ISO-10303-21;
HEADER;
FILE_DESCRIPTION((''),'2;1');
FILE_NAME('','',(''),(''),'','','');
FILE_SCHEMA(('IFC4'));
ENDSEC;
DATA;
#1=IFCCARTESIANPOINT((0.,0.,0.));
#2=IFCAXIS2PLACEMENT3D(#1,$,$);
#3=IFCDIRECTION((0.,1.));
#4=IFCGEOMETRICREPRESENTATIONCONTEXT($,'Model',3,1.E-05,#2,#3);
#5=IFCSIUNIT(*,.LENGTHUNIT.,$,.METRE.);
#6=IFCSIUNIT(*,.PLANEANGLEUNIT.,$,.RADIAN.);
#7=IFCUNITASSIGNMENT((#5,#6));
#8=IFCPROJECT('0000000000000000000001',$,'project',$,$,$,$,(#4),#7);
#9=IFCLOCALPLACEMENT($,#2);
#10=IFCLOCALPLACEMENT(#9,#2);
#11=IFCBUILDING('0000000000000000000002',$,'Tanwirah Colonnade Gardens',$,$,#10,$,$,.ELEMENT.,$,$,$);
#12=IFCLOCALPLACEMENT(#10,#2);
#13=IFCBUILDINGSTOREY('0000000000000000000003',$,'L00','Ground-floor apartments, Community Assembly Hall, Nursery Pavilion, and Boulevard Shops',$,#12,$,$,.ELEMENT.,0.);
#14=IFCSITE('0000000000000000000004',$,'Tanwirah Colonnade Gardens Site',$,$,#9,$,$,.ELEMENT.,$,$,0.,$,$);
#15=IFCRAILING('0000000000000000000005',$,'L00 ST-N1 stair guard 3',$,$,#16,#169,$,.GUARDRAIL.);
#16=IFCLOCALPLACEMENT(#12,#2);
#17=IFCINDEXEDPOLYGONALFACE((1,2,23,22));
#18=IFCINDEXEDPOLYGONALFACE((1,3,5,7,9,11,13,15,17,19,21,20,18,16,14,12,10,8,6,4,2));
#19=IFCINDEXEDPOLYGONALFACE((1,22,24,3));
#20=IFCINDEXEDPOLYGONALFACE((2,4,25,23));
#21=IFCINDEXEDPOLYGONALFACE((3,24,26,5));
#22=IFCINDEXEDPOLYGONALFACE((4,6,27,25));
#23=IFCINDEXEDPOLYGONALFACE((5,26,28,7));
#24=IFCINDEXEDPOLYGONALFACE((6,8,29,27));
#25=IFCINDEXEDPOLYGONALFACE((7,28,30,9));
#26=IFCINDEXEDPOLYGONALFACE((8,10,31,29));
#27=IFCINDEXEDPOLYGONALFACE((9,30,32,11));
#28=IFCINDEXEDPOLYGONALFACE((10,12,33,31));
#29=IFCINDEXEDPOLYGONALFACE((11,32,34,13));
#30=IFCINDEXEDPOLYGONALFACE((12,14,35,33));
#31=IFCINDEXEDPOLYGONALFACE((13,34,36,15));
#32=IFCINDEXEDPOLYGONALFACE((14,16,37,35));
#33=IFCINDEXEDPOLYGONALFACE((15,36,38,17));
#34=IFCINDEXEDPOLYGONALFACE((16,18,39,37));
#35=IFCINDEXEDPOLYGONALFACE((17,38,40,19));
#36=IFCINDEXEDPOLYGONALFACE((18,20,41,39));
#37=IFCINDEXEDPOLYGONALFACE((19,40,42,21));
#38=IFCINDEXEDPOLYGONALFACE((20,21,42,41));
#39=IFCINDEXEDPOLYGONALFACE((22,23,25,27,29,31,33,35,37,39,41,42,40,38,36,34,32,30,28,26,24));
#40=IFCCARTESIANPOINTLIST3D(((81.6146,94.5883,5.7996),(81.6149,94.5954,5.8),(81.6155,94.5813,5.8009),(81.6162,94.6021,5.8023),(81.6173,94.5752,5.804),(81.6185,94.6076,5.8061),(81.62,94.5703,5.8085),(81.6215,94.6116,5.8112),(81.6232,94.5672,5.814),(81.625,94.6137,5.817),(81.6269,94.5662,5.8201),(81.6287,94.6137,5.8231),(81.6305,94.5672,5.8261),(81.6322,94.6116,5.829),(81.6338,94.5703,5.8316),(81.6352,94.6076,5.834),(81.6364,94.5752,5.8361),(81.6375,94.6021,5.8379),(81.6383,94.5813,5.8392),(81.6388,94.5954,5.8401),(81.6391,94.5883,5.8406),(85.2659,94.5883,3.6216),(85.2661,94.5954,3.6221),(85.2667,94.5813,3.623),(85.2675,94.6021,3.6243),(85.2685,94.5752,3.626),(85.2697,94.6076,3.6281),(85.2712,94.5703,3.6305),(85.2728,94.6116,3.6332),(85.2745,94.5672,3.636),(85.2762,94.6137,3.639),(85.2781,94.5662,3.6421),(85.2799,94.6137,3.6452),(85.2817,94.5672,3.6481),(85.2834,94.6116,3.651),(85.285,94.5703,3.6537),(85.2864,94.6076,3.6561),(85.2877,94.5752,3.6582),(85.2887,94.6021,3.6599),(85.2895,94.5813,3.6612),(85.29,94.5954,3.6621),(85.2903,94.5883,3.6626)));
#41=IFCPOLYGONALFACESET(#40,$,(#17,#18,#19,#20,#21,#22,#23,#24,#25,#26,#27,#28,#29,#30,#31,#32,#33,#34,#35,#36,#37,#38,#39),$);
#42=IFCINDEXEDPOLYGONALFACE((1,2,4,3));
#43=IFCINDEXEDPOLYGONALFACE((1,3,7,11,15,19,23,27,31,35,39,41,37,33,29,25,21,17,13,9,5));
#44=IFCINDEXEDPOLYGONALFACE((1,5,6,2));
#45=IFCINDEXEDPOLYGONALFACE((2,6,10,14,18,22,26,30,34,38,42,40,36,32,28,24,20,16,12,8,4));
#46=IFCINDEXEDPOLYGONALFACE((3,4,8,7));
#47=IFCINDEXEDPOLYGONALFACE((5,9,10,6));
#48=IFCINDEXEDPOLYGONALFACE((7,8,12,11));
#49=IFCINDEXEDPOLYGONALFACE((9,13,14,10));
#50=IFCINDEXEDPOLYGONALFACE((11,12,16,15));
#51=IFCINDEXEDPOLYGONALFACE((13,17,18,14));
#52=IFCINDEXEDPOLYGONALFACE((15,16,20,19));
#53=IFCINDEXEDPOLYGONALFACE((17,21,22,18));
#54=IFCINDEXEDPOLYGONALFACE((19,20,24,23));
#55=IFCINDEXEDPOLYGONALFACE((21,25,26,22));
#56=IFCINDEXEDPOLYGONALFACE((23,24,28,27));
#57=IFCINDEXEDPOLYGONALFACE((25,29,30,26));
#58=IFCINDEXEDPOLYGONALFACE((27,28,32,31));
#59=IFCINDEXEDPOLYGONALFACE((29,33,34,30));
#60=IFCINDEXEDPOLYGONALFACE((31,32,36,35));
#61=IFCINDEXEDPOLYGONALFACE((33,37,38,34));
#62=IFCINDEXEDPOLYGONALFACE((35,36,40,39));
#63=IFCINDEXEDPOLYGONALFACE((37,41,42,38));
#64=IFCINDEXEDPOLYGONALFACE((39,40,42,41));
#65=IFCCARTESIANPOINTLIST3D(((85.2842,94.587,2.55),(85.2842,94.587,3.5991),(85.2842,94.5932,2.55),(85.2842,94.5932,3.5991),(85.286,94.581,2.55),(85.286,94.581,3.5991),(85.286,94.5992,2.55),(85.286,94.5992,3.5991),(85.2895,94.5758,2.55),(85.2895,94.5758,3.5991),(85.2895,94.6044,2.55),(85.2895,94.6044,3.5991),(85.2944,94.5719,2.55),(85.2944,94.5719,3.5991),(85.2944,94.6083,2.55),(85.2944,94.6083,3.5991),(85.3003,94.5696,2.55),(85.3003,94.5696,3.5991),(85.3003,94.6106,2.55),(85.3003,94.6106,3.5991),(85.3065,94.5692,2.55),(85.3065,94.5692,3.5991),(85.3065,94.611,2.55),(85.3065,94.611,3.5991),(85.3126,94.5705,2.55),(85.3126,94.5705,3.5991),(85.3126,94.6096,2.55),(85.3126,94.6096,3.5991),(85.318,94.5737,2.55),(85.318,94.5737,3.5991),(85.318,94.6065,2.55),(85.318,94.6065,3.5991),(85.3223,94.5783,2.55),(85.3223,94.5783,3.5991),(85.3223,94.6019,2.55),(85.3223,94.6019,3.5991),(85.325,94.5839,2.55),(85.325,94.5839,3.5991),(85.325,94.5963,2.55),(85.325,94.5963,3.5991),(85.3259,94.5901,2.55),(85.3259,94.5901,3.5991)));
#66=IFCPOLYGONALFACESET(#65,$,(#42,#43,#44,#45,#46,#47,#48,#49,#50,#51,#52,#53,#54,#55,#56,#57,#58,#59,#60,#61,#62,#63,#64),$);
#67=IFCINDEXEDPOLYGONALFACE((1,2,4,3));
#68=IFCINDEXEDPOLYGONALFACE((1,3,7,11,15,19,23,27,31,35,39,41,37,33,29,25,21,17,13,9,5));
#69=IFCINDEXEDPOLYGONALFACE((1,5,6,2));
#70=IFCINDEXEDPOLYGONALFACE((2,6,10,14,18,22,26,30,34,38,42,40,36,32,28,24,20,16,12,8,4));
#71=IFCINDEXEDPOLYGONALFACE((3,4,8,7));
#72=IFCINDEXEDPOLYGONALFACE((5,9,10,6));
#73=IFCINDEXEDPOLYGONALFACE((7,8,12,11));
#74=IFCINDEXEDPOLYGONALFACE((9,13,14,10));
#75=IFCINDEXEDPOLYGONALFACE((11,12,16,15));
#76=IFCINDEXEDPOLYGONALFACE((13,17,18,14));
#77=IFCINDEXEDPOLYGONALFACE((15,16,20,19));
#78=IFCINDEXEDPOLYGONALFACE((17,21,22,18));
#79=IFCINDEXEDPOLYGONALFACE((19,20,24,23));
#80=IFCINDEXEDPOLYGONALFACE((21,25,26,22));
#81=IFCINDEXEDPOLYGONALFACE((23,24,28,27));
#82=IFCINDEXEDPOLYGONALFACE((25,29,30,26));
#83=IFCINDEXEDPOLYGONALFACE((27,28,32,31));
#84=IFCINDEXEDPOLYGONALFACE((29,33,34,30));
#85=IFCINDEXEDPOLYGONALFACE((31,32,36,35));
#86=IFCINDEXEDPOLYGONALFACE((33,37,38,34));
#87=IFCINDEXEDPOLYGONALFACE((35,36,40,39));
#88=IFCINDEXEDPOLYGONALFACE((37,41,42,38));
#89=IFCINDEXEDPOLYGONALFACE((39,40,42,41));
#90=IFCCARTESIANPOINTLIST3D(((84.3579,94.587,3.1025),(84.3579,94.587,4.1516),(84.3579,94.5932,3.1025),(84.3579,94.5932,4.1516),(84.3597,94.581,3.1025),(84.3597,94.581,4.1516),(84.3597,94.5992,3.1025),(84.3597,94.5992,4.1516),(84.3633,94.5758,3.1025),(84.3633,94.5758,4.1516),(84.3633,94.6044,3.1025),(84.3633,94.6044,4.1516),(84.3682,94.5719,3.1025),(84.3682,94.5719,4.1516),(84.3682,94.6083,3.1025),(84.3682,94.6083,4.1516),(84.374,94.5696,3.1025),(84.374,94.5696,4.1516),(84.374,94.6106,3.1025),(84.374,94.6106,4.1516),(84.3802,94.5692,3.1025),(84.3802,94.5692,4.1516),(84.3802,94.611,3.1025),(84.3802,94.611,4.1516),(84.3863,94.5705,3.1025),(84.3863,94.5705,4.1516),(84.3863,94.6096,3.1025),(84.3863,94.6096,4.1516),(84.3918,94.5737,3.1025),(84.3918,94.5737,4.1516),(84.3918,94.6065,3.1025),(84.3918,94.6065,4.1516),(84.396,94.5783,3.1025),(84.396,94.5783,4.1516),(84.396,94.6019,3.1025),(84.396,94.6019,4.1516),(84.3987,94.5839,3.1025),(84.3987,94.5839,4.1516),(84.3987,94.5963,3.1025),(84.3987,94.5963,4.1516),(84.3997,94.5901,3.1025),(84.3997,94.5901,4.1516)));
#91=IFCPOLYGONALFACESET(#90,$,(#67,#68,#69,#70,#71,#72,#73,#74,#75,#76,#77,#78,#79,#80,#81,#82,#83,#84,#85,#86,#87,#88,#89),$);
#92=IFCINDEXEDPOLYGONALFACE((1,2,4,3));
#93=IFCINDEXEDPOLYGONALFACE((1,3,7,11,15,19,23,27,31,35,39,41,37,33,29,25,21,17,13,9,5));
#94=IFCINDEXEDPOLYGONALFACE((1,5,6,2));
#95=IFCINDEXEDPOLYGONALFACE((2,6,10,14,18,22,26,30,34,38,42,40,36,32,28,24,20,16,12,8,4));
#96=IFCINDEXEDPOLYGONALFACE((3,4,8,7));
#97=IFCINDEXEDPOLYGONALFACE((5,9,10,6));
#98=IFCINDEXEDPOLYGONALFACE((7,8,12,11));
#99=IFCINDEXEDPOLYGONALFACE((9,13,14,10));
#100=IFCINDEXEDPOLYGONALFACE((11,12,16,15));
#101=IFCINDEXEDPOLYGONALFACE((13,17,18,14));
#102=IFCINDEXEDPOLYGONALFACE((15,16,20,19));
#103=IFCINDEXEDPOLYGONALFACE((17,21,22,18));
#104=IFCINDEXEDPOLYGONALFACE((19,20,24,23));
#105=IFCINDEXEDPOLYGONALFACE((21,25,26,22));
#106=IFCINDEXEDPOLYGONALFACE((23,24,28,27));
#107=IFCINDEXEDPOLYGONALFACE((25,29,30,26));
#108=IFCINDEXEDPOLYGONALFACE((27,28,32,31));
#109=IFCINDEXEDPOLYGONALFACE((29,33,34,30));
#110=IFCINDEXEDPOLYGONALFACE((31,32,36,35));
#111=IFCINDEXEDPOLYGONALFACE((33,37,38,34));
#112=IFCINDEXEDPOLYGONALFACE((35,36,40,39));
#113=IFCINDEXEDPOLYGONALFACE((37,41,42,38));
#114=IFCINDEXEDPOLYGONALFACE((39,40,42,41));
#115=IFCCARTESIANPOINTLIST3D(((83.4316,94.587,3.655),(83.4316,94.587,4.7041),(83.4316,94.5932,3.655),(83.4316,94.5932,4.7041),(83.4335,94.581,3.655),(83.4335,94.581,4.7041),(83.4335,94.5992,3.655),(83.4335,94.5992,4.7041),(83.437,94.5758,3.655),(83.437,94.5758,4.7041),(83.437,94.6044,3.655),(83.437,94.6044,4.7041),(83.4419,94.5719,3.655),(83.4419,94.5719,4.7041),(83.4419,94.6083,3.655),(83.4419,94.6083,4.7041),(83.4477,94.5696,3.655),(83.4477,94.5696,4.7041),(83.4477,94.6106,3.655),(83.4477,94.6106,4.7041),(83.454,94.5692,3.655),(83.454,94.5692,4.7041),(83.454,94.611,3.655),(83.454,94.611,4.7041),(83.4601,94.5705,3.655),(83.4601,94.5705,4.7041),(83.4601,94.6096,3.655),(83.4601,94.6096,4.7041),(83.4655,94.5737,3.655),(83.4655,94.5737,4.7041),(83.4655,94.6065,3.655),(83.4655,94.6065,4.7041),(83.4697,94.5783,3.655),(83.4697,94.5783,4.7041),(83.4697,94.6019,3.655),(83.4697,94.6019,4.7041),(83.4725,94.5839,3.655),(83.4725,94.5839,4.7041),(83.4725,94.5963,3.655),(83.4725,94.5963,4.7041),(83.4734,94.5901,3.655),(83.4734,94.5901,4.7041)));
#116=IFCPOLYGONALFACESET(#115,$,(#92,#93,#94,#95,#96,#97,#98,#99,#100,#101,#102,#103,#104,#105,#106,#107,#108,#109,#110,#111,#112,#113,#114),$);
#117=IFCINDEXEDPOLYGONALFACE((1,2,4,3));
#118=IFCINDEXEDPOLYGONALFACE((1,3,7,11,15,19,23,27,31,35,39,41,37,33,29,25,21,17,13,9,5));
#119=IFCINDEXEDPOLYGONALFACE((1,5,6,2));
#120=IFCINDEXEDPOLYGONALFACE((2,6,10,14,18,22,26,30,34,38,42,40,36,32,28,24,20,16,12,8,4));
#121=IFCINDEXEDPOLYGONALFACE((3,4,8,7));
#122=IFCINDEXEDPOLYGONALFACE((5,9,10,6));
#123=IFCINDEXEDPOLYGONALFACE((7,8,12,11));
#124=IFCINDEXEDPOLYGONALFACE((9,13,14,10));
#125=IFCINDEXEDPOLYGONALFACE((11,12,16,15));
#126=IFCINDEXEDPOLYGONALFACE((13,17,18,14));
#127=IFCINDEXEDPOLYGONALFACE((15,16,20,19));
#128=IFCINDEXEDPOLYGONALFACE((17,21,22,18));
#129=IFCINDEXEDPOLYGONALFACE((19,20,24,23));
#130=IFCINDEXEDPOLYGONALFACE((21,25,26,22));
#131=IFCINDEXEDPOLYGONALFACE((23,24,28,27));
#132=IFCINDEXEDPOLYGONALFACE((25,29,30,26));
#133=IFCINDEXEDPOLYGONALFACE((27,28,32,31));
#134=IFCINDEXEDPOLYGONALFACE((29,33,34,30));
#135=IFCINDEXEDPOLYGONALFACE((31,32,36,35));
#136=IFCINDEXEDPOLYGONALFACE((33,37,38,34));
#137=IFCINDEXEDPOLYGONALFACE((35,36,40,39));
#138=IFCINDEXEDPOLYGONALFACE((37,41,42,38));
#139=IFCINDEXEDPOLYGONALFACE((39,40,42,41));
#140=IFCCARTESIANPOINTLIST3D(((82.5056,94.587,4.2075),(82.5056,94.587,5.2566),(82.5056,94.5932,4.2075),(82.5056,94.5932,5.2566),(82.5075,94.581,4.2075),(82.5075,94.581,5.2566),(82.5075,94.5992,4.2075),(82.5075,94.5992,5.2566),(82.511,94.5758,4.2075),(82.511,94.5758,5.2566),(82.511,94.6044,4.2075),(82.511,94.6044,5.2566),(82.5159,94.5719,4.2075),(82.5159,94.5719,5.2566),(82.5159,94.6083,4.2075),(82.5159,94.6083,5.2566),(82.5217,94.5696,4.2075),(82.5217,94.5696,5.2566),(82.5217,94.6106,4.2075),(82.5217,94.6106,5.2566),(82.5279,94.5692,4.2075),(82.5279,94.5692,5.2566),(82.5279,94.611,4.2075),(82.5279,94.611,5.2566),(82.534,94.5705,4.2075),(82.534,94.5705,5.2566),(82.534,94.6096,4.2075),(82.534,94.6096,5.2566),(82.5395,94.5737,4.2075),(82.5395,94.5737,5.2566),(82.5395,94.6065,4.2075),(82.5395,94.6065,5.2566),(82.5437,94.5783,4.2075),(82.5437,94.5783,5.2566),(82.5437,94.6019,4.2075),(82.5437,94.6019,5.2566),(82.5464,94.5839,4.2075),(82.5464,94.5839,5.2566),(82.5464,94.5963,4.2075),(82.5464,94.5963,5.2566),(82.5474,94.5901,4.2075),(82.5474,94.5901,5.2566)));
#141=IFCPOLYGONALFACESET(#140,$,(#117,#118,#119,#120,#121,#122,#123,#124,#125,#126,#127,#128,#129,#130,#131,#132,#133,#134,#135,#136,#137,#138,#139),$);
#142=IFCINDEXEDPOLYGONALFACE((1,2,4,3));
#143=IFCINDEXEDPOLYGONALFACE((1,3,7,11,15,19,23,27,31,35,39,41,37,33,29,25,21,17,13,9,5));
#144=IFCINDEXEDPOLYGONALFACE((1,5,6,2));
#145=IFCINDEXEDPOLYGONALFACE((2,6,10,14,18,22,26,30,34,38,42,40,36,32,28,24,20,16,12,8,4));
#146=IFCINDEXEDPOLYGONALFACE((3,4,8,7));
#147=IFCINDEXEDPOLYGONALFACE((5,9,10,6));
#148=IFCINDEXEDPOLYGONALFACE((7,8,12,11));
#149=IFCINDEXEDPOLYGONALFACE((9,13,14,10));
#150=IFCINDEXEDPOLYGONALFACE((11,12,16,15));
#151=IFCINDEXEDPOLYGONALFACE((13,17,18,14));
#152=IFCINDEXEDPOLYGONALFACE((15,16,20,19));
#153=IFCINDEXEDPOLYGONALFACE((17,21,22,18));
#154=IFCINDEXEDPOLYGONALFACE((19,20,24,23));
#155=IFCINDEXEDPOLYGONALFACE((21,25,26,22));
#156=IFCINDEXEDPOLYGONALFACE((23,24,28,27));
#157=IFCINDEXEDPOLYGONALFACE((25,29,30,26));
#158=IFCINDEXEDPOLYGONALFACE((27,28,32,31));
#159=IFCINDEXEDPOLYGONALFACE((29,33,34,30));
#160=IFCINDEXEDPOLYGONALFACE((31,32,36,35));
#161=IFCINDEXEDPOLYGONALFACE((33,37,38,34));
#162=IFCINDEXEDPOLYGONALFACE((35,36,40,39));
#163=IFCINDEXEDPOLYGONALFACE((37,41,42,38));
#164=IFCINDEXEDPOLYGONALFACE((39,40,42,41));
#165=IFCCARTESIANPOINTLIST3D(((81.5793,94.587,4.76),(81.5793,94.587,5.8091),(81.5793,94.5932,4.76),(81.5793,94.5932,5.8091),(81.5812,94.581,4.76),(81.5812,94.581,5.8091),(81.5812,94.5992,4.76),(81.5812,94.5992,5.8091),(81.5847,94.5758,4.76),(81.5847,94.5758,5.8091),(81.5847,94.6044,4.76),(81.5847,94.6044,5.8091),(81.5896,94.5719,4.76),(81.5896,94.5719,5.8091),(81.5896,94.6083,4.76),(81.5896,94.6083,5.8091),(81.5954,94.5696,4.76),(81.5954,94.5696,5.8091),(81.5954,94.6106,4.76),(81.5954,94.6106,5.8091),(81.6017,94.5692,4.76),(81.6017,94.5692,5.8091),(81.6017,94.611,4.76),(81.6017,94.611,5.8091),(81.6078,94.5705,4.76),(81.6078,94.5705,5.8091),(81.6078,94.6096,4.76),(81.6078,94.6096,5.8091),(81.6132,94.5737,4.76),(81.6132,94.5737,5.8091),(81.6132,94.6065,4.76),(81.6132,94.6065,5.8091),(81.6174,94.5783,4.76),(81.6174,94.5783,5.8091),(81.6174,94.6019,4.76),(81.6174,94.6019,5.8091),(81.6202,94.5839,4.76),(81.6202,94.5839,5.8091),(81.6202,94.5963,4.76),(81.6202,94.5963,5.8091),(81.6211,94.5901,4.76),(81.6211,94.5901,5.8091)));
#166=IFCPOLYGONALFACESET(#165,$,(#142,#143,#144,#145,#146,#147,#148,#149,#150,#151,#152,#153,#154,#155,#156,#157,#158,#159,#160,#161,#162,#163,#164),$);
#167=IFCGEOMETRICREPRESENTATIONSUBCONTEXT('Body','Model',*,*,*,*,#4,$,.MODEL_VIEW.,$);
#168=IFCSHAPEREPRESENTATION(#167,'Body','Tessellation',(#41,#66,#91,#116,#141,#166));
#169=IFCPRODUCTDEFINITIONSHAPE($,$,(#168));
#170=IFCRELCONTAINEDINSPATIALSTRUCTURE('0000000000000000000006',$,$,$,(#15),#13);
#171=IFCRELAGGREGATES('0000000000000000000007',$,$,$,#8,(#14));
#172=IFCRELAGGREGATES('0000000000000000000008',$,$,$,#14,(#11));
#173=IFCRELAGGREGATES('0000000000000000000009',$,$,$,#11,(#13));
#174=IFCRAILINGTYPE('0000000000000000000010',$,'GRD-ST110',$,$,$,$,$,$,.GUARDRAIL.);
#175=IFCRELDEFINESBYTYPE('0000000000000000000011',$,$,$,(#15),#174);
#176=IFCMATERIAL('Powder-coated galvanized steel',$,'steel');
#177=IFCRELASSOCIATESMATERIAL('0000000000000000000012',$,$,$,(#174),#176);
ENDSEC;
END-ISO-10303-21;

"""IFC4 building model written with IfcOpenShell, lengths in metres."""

from ifc_helpers import new_model, si_unit, direction, frame, origin, origin_2d, place, context, subcontext, project, spatial, circle, extrude, material, type_object, element, save


model = new_model("IFC4")

# Units and contexts
model_context = context("Model", 3, precision=1e-05, world=origin(), true_north=direction((0.0, 1.0)))
body_context = subcontext(model_context, "Body", "Model", "MODEL_VIEW")
ifc_project = project(units=[si_unit("LENGTHUNIT", "METRE"), si_unit("PLANEANGLEUNIT", "RADIAN")], contexts=[model_context])

# Site, building, storey
site_placement = place(None, origin())
site = spatial("IfcSite", under=ifc_project, at=site_placement, Name="Tanwirah Colonnade Gardens Site", CompositionType="ELEMENT", RefElevation=0.0)
building_placement = place(site_placement, origin())
building = spatial("IfcBuilding", under=site, at=building_placement, Name="Tanwirah Colonnade Gardens", CompositionType="ELEMENT")
storey_placement = place(building_placement, origin())
storey = spatial("IfcBuildingStorey", under=building, at=storey_placement, Name="L00", Description="Ground-floor apartments, Community Assembly Hall, Nursery Pavilion, and Boulevard Shops", CompositionType="ELEMENT", Elevation=0.0)

# Railing
ifc_material_1 = material(Name="Powder-coated galvanized steel", Category="steel")
railing_type_1 = type_object("IfcRailingType", Name="GRD-ST110", PredefinedType="GUARDRAIL", material=ifc_material_1)
railing_1_placement = place(storey_placement, frame((85.3049, 94.5901, 2.55)))
element("IfcRailing", 1, at=railing_1_placement, inside=storey, type_object=railing_type_1, Name="L00 ST-N1 stair guard 3", PredefinedType="GUARDRAIL", context=body_context, shape_type="SweptSolid", body=[
    extrude(circle(Radius=0.0239, at=origin_2d()), frame((-0.0269, 0.0, 1.092), z_axis=(-0.858813, 0.0, 0.512289), x_axis=(0.0, -1.0, 0.0)), (0.0, 0.0, 1.0), 4.2515),
    extrude(circle(Radius=0.021, at=origin_2d()), origin(), (0.0, 0.0, 1.0), 1.0491),
    extrude(circle(Radius=0.021, at=origin_2d()), frame((-0.9263, 0.0, 0.5525)), (0.0, 0.0, 1.0), 1.0491),
    extrude(circle(Radius=0.021, at=origin_2d()), frame((-1.8525, 0.0, 1.105)), (0.0, 0.0, 1.0), 1.0491),
    extrude(circle(Radius=0.021, at=origin_2d()), frame((-2.7786, 0.0, 1.6575)), (0.0, 0.0, 1.0), 1.0491),
    extrude(circle(Radius=0.021, at=origin_2d()), frame((-3.7048, 0.0, 2.21)), (0.0, 0.0, 1.0), 1.0491),
])

save(model, "model.ifc")
